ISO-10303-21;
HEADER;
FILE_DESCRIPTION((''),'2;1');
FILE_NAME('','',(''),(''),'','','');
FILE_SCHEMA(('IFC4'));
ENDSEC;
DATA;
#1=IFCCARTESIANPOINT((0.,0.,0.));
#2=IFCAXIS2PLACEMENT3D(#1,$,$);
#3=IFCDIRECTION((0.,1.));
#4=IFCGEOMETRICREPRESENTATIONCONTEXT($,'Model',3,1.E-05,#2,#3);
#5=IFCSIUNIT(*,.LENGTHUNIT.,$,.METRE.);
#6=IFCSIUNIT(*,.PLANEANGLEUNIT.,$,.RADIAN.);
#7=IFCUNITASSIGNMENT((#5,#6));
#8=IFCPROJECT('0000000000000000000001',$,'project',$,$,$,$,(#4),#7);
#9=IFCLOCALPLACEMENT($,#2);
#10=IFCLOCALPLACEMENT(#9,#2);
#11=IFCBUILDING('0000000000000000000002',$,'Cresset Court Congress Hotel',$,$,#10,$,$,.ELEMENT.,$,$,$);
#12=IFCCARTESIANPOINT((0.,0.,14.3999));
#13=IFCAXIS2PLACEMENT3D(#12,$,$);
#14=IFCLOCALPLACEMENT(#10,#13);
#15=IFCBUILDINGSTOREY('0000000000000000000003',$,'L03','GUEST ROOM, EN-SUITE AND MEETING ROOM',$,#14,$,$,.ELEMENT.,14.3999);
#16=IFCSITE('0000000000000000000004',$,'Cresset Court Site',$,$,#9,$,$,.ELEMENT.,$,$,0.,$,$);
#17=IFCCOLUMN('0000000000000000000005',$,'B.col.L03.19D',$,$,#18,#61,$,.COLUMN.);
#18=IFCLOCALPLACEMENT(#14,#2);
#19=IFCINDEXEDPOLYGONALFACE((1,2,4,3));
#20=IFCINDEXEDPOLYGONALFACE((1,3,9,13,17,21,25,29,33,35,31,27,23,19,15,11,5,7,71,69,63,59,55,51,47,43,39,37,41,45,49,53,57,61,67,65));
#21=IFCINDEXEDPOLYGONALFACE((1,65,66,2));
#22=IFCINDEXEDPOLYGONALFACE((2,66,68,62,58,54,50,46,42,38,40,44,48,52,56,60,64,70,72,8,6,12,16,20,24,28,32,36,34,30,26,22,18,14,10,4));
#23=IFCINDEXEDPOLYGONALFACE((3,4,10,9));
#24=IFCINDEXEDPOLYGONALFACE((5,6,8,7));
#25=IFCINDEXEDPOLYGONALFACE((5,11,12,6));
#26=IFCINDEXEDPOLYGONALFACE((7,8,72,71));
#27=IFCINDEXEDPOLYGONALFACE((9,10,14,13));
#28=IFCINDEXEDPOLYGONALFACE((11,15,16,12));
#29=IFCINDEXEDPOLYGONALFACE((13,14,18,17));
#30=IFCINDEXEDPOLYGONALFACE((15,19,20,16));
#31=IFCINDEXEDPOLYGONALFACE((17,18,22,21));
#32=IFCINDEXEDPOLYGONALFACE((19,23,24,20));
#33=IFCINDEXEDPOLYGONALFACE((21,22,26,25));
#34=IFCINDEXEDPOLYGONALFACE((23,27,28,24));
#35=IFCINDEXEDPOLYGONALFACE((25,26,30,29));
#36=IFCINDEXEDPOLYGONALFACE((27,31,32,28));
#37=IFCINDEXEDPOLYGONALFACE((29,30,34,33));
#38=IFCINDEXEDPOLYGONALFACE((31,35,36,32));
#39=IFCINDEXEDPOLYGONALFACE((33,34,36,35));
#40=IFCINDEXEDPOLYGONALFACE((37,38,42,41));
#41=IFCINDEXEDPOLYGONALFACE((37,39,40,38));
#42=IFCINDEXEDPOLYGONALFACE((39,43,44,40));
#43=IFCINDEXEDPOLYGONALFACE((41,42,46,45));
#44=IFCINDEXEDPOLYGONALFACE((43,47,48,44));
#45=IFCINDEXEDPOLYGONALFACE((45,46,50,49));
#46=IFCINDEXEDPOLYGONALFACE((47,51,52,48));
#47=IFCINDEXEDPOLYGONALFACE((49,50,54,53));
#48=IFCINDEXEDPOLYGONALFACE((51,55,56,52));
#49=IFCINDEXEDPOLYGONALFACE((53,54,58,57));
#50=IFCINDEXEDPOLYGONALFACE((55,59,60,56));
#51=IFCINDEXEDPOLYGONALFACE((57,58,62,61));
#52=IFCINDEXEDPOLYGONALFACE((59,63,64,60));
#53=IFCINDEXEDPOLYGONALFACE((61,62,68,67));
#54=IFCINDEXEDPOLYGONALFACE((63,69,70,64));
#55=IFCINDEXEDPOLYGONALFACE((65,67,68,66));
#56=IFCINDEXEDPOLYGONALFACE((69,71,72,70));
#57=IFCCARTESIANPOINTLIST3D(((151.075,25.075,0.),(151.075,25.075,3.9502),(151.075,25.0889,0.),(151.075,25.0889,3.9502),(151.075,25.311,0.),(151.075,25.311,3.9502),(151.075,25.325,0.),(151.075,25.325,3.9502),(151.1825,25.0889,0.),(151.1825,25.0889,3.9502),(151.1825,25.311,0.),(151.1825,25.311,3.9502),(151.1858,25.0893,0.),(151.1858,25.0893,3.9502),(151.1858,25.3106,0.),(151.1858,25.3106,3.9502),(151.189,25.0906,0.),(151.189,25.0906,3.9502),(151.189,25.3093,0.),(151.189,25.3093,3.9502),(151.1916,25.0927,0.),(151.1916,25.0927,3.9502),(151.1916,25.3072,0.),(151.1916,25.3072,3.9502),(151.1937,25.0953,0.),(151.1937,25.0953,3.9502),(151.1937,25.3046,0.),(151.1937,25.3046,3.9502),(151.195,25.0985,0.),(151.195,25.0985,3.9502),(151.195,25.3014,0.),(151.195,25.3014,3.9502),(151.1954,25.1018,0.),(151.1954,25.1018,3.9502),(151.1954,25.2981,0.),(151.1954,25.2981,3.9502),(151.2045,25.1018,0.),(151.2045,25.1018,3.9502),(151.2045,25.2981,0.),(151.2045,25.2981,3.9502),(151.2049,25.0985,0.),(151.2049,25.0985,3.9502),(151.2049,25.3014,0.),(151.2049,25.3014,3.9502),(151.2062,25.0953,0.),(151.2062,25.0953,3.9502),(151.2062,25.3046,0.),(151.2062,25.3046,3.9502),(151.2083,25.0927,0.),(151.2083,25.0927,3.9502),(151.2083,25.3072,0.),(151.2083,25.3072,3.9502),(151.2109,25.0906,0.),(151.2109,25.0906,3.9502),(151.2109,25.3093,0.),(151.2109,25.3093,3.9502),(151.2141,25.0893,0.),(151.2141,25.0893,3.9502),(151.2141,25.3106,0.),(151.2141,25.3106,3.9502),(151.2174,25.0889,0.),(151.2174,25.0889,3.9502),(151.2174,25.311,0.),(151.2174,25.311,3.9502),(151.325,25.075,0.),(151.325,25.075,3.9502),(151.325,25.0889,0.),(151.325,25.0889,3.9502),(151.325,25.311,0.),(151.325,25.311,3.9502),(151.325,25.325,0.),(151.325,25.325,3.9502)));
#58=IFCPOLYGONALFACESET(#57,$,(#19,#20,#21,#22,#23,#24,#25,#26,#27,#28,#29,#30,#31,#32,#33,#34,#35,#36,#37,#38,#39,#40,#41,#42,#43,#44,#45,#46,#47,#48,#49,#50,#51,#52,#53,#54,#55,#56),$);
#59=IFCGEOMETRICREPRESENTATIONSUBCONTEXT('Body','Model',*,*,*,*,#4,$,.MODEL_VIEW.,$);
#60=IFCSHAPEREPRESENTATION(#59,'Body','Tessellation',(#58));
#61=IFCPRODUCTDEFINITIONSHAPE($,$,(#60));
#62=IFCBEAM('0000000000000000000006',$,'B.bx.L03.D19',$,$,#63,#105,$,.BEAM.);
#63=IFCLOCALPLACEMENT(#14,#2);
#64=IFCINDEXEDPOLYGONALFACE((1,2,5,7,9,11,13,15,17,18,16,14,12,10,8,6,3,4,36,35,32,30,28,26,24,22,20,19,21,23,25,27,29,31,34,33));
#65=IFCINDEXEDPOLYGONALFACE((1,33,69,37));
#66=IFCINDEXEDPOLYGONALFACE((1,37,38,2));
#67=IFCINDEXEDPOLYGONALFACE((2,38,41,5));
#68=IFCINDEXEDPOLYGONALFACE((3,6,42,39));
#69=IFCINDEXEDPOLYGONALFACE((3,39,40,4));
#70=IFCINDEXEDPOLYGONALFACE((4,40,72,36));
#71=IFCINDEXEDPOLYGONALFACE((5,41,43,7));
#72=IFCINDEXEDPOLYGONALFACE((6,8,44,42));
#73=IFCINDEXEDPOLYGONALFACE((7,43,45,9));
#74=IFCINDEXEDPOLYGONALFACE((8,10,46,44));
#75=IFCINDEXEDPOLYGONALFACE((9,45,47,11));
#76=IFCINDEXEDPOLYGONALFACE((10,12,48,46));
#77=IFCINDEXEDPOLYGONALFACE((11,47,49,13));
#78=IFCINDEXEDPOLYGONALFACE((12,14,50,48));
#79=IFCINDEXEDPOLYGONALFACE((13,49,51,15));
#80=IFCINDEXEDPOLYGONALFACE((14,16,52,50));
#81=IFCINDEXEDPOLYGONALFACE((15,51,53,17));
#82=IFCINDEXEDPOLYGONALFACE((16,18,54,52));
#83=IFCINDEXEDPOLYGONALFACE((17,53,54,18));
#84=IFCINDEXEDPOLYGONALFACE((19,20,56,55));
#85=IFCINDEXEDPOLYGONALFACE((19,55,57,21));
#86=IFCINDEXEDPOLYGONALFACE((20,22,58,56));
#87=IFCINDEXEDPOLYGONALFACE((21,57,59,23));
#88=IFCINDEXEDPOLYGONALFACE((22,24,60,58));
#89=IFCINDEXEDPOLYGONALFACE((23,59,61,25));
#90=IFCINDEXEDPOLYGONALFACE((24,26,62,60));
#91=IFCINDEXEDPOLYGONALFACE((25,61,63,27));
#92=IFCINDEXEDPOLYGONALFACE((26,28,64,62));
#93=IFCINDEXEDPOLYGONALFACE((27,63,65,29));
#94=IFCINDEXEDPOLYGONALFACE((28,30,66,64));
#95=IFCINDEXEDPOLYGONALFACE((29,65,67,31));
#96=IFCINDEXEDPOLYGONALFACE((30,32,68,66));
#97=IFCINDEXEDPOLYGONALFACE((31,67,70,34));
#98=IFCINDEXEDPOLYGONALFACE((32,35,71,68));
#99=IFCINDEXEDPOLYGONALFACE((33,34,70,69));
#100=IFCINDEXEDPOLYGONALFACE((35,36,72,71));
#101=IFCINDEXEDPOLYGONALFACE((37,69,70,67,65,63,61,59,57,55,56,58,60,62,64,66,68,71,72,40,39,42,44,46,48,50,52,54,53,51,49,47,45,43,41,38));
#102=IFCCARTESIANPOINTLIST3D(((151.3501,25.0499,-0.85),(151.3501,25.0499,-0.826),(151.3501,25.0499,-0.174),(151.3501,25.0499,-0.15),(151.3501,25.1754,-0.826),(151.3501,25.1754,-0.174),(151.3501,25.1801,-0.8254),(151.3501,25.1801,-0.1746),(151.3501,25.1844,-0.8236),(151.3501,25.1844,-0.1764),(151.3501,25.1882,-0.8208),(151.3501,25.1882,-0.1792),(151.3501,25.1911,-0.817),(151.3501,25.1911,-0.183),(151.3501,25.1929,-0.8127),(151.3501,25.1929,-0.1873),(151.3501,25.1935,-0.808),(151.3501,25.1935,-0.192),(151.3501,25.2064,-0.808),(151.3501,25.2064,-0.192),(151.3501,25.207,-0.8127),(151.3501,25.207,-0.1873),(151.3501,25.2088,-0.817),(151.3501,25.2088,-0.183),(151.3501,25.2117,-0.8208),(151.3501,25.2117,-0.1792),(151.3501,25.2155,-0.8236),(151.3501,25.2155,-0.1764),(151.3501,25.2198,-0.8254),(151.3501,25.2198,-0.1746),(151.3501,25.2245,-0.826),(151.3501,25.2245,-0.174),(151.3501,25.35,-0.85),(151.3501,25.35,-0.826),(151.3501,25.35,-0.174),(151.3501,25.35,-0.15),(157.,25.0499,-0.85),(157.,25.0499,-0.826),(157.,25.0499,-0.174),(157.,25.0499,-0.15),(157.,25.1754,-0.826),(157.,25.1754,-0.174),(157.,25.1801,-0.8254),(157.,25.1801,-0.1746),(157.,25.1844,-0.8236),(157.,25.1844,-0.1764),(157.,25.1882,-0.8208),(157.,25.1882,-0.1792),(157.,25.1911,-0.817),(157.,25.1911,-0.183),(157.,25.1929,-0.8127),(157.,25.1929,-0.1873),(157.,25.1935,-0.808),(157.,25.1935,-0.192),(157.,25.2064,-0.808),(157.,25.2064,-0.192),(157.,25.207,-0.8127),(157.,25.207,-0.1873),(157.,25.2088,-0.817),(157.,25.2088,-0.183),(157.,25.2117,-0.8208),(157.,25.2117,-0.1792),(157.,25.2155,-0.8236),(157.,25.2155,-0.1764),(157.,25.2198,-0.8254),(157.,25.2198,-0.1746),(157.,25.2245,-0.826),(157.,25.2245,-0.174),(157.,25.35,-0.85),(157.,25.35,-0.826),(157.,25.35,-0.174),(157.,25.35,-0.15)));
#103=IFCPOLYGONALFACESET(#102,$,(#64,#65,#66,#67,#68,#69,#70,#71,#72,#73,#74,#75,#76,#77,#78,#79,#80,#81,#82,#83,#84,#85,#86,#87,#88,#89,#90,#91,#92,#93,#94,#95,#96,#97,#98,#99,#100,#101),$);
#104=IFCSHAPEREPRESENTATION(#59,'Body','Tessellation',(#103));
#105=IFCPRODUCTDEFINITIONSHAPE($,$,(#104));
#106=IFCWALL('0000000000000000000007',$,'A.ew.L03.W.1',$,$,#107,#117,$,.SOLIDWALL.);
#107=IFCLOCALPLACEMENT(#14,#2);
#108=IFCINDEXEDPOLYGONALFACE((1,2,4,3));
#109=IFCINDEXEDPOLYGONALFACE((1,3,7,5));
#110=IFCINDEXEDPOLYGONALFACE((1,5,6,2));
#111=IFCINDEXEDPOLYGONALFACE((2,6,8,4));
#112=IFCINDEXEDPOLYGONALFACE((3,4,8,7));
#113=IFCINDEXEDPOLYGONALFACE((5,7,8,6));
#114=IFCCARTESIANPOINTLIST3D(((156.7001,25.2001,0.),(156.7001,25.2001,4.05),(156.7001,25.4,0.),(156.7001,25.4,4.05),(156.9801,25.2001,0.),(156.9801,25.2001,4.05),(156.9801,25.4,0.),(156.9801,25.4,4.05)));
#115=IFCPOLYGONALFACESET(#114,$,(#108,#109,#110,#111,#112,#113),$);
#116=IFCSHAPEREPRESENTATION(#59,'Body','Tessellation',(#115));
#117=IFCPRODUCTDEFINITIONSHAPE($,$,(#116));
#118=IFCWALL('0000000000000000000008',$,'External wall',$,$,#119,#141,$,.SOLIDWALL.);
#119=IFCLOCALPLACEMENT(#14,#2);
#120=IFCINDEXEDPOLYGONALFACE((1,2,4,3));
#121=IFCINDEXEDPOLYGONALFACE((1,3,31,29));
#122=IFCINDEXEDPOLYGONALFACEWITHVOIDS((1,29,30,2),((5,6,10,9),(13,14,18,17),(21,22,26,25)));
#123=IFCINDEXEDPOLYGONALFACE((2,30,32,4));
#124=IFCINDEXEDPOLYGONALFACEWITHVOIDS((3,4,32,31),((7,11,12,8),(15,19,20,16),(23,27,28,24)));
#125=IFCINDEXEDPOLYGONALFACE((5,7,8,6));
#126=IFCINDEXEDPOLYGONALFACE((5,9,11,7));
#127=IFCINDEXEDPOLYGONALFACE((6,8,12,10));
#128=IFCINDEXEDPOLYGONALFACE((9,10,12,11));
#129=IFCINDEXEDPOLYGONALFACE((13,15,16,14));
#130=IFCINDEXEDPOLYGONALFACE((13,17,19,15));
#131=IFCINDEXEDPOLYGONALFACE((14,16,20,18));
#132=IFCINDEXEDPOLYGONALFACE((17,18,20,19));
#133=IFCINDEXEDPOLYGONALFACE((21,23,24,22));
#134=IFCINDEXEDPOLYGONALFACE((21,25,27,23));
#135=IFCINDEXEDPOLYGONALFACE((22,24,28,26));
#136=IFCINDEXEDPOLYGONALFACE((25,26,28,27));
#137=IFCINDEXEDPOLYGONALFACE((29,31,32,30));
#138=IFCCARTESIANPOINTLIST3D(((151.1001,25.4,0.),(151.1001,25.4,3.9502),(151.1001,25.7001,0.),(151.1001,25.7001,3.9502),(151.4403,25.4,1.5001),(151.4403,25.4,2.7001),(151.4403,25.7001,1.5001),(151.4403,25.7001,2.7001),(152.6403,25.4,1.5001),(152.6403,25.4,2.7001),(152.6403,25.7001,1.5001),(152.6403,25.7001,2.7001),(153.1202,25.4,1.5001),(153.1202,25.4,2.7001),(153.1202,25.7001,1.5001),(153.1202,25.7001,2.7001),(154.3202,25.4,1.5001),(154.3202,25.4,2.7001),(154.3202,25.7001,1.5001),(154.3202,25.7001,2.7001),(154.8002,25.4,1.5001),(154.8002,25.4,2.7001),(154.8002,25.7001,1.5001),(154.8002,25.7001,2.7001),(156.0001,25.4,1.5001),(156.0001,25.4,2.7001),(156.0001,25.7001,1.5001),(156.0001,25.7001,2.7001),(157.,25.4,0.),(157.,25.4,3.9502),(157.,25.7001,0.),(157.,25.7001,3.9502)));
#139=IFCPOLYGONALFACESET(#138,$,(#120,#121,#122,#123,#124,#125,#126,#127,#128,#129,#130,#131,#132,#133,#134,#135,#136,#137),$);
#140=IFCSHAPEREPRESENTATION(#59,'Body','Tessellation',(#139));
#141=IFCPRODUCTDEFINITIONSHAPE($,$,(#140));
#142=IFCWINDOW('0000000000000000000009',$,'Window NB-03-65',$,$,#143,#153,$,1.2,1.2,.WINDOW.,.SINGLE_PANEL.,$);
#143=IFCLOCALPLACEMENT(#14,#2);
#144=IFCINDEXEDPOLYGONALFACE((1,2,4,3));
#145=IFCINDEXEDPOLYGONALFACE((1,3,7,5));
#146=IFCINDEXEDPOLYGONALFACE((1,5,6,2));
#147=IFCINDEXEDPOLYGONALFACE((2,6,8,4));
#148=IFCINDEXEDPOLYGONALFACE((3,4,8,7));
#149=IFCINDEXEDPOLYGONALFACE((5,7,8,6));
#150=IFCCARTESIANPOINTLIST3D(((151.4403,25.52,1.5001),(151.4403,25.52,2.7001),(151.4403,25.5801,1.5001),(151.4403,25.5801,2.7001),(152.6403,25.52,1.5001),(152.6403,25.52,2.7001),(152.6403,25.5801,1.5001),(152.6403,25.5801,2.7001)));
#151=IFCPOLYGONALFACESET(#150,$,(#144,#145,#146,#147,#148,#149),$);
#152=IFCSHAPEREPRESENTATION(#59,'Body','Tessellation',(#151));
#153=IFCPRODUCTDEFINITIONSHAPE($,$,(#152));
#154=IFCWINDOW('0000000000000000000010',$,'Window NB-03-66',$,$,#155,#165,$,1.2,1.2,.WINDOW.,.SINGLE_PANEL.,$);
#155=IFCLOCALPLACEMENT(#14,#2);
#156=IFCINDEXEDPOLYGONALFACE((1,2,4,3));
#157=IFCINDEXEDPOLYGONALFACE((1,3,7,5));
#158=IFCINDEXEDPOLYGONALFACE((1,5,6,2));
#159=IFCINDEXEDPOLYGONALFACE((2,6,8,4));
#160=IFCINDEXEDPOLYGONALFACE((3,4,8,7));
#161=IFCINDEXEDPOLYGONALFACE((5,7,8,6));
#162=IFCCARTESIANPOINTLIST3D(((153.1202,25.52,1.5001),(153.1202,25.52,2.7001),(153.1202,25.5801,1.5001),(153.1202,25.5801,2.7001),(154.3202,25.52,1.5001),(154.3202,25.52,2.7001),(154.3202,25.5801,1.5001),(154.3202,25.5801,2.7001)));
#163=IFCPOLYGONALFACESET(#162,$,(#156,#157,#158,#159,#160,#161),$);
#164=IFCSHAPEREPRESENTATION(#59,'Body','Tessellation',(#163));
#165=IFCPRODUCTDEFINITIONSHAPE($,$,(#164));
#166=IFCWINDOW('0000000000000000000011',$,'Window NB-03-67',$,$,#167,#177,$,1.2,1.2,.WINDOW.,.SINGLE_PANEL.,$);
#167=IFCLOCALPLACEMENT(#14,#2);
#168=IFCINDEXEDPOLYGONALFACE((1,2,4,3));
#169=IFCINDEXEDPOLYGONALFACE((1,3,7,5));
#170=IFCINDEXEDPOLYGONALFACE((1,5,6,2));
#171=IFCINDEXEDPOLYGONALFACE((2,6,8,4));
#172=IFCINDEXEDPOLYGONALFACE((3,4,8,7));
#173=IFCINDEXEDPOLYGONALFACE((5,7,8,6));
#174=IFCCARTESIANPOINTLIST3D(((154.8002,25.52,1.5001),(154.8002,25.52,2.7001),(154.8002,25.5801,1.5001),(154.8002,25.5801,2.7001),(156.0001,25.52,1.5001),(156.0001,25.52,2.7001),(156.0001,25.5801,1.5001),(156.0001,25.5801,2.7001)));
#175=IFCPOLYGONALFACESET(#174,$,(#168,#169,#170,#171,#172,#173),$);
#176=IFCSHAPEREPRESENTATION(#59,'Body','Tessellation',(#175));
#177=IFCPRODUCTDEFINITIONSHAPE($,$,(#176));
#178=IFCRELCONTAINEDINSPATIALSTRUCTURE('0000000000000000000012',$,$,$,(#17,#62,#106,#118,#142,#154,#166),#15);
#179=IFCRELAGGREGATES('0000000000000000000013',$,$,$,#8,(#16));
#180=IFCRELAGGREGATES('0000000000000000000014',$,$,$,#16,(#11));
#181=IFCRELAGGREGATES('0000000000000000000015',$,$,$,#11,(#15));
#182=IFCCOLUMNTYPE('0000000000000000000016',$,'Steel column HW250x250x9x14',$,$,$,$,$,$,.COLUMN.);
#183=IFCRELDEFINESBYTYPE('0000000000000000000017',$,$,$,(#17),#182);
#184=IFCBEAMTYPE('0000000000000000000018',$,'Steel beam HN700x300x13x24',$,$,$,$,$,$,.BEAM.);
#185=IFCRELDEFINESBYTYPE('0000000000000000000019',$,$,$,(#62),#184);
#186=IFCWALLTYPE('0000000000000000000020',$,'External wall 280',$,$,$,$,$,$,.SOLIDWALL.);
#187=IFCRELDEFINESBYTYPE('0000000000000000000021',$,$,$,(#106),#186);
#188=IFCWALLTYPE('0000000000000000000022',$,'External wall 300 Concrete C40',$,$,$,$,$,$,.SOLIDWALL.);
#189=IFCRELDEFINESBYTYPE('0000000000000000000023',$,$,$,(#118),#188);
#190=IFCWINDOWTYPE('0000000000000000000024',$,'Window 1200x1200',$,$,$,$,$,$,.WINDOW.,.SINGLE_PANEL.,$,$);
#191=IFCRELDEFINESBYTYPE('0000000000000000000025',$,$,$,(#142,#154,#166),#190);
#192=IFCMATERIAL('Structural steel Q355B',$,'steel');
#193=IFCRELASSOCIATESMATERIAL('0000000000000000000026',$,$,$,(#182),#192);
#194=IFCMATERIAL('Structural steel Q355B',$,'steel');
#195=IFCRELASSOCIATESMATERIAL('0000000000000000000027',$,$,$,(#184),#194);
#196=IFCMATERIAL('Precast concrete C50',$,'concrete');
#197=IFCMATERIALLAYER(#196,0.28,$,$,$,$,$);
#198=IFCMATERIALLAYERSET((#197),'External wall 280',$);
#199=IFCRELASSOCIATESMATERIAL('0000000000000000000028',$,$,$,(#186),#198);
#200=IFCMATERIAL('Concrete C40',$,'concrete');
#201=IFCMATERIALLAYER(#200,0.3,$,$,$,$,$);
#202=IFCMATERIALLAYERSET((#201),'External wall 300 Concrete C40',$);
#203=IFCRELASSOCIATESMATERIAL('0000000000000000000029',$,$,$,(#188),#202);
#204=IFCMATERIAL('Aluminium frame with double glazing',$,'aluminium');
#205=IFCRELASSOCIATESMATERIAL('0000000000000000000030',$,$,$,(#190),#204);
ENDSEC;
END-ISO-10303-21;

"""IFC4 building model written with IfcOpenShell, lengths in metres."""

from ifc_helpers import new_model, si_unit, direction, frame, frame_2d, origin, origin_2d, place, context, subcontext, project, spatial, rectangle, i_section, extrude, material, layer, layer_set, material_profile, profile_set, type_object, element, fill, save


model = new_model("IFC4")

# Units and contexts
model_context = context("Model", 3, precision=1e-05, world=origin(), true_north=direction((0.0, 1.0)))
body_context = subcontext(model_context, "Body", "Model", "MODEL_VIEW")
ifc_project = project(units=[si_unit("LENGTHUNIT", "METRE"), si_unit("PLANEANGLEUNIT", "RADIAN")], contexts=[model_context])

# Site, building, storey
site_placement = place(None, origin())
site = spatial("IfcSite", under=ifc_project, at=site_placement, Name="Cresset Court Site", CompositionType="ELEMENT", RefElevation=0.0)
building_placement = place(site_placement, origin())
building = spatial("IfcBuilding", under=site, at=building_placement, Name="Cresset Court Congress Hotel", CompositionType="ELEMENT")
storey_placement = place(building_placement, frame((0.0, 0.0, 14.3999)))
storey = spatial("IfcBuildingStorey", under=building, at=storey_placement, Name="L03", Description="GUEST ROOM, EN-SUITE AND MEETING ROOM", CompositionType="ELEMENT", Elevation=14.3999)

# Column
ifc_material_1 = material(Name="Structural steel Q355B", Category="steel")
ifc_material_profile_1 = material_profile(ifc_material_1, i_section(OverallWidth=0.25, OverallDepth=0.25, WebThickness=0.009, FlangeThickness=0.0139, FilletRadius=0.0129, at=origin_2d()), Name="HW250x250x9x14")
ifc_profile_set_1 = profile_set([ifc_material_profile_1], Name="Structural steel Q355B")
column_type = type_object("IfcColumnType", Name="Steel column HW250x250x9x14", PredefinedType="COLUMN", material=ifc_profile_set_1)
column_placement = place(storey_placement, frame((151.2, 25.2, 0.0), z_axis=(0.0, 0.0, 1.0), x_axis=(1.0, 0.0, 0.0)))
element("IfcColumn", 1, at=column_placement, inside=storey, type_object=column_type, Name="B.col.L03.19D", PredefinedType="COLUMN", context=body_context, shape_type="SweptSolid", body=[
    extrude(i_section(OverallWidth=0.25, OverallDepth=0.25, WebThickness=0.009, FlangeThickness=0.0139, FilletRadius=0.0129, at=origin_2d()), origin(), (0.0, 0.0, 1.0), 3.9502),
])

# Beam
ifc_material_2 = material(Name="Structural steel Q355B", Category="steel")
ifc_material_profile_2 = material_profile(ifc_material_2, i_section(OverallWidth=0.3, OverallDepth=0.7, WebThickness=0.0129, FlangeThickness=0.0239, FilletRadius=0.0181, at=origin_2d()), Name="HN700x300x13x24")
ifc_profile_set_2 = profile_set([ifc_material_profile_2], Name="Structural steel Q355B")
beam_type = type_object("IfcBeamType", Name="Steel beam HN700x300x13x24", PredefinedType="BEAM", material=ifc_profile_set_2)
beam_placement = place(storey_placement, frame((151.3501, 25.2, -0.5), z_axis=(1.0, 0.0, 0.0), x_axis=(0.0, 1.0, 0.0)))
element("IfcBeam", 2, at=beam_placement, inside=storey, type_object=beam_type, Name="B.bx.L03.D19", PredefinedType="BEAM", context=body_context, shape_type="SweptSolid", body=[
    extrude(i_section(OverallWidth=0.3, OverallDepth=0.7, WebThickness=0.0129, FlangeThickness=0.0239, FilletRadius=0.0181, at=origin_2d()), origin(), (0.0, 0.0, 1.0), 5.6499),
])

# Wall
ifc_material_3 = material(Name="Precast concrete C50", Category="concrete")
ifc_layer_1 = layer(ifc_material_3, 0.28)
ifc_layer_set_1 = layer_set([ifc_layer_1], Name="External wall 280")
wall_type_1 = type_object("IfcWallType", Name="External wall 280", PredefinedType="SOLIDWALL", material=ifc_layer_set_1)
wall_1_placement = place(storey_placement, frame((156.8401, 25.2, 0.0), z_axis=(0.0, 0.0, 1.0), x_axis=(0.0, 1.0, 0.0)))
element("IfcWall", 3, at=wall_1_placement, inside=storey, type_object=wall_type_1, Name="A.ew.L03.W.1", PredefinedType="SOLIDWALL", context=body_context, shape_type="SweptSolid", body=[
    extrude(rectangle(XDim=0.2, YDim=0.28, at=frame_2d((0.1001, 0.0))), origin(), (0.0, 0.0, 1.0), 4.05),
])

# Wall, openings, windows
ifc_material_4 = material(Name="Concrete C40", Category="concrete")
ifc_layer_2 = layer(ifc_material_4, 0.3)
ifc_layer_set_2 = layer_set([ifc_layer_2], Name="External wall 300 Concrete C40")
wall_type_2 = type_object("IfcWallType", Name="External wall 300 Concrete C40", PredefinedType="SOLIDWALL", material=ifc_layer_set_2)
wall_2_placement = place(storey_placement, frame((151.1001, 25.55, 0.0), z_axis=(0.0, 0.0, 1.0), x_axis=(1.0, 0.0, 0.0)))
wall_2 = element("IfcWall", 4, at=wall_2_placement, inside=storey, type_object=wall_type_2, Name="External wall", PredefinedType="SOLIDWALL", context=body_context, shape_type="SweptSolid", body=[
    extrude(rectangle(XDim=5.8999, YDim=0.3, at=frame_2d((2.95, 0.0))), origin(), (0.0, 0.0, 1.0), 3.9502),
])
opening_1_placement = place(wall_2_placement, frame((0.3401, 0.0, 1.5)))
opening_1 = element("IfcOpeningElement", 5, at=opening_1_placement, cuts=wall_2, PredefinedType="OPENING", context=body_context, shape_type="SweptSolid", body=[
    extrude(rectangle(XDim=1.2, YDim=1.2, at=frame_2d((0.6001, 0.6001))), frame((0.0, 0.1599, 0.0), z_axis=(0.0, -1.0, 0.0), x_axis=(1.0, 0.0, 0.0)), (0.0, 0.0, 1.0), 0.3201),
])
opening_2_placement = place(wall_2_placement, frame((2.02, 0.0, 1.5)))
opening_2 = element("IfcOpeningElement", 6, at=opening_2_placement, cuts=wall_2, PredefinedType="OPENING", context=body_context, shape_type="SweptSolid", body=[
    extrude(rectangle(XDim=1.2, YDim=1.2, at=frame_2d((0.6001, 0.6001))), frame((0.0, 0.1599, 0.0), z_axis=(0.0, -1.0, 0.0), x_axis=(1.0, 0.0, 0.0)), (0.0, 0.0, 1.0), 0.3201),
])
opening_3_placement = place(wall_2_placement, frame((3.7, 0.0, 1.5)))
opening_3 = element("IfcOpeningElement", 7, at=opening_3_placement, cuts=wall_2, PredefinedType="OPENING", context=body_context, shape_type="SweptSolid", body=[
    extrude(rectangle(XDim=1.2, YDim=1.2, at=frame_2d((0.6001, 0.6001))), frame((0.0, 0.1599, 0.0), z_axis=(0.0, -1.0, 0.0), x_axis=(1.0, 0.0, 0.0)), (0.0, 0.0, 1.0), 0.3201),
])
ifc_material_5 = material(Name="Aluminium frame with double glazing", Category="aluminium")
window_type = type_object("IfcWindowType", Name="Window 1200x1200", PartitioningType="SINGLE_PANEL", PredefinedType="WINDOW", material=ifc_material_5)
window_1_placement = place(opening_1_placement, origin())
window_1 = element("IfcWindow", 8, at=window_1_placement, inside=storey, type_object=window_type, Name="Window NB-03-65", OverallHeight=1.2, OverallWidth=1.2, PartitioningType="SINGLE_PANEL", PredefinedType="WINDOW", context=body_context, shape_type="SweptSolid", body=[
    extrude(rectangle(XDim=1.2, YDim=1.2, at=frame_2d((0.6001, 0.6001))), frame((0.0, 0.03, 0.0), z_axis=(0.0, -1.0, 0.0), x_axis=(1.0, 0.0, 0.0)), (0.0, 0.0, 1.0), 0.0601),
])
fill(opening_1, window_1)
window_2_placement = place(opening_2_placement, origin())
window_2 = element("IfcWindow", 9, at=window_2_placement, inside=storey, type_object=window_type, Name="Window NB-03-66", OverallHeight=1.2, OverallWidth=1.2, PartitioningType="SINGLE_PANEL", PredefinedType="WINDOW", context=body_context, shape_type="SweptSolid", body=[
    extrude(rectangle(XDim=1.2, YDim=1.2, at=frame_2d((0.6001, 0.6001))), frame((0.0, 0.03, 0.0), z_axis=(0.0, -1.0, 0.0), x_axis=(1.0, 0.0, 0.0)), (0.0, 0.0, 1.0), 0.0601),
])
fill(opening_2, window_2)
window_3_placement = place(opening_3_placement, origin())
window_3 = element("IfcWindow", 10, at=window_3_placement, inside=storey, type_object=window_type, Name="Window NB-03-67", OverallHeight=1.2, OverallWidth=1.2, PartitioningType="SINGLE_PANEL", PredefinedType="WINDOW", context=body_context, shape_type="SweptSolid", body=[
    extrude(rectangle(XDim=1.2, YDim=1.2, at=frame_2d((0.6001, 0.6001))), frame((0.0, 0.03, 0.0), z_axis=(0.0, -1.0, 0.0), x_axis=(1.0, 0.0, 0.0)), (0.0, 0.0, 1.0), 0.0601),
])
fill(opening_3, window_3)

save(model, "model.ifc")
